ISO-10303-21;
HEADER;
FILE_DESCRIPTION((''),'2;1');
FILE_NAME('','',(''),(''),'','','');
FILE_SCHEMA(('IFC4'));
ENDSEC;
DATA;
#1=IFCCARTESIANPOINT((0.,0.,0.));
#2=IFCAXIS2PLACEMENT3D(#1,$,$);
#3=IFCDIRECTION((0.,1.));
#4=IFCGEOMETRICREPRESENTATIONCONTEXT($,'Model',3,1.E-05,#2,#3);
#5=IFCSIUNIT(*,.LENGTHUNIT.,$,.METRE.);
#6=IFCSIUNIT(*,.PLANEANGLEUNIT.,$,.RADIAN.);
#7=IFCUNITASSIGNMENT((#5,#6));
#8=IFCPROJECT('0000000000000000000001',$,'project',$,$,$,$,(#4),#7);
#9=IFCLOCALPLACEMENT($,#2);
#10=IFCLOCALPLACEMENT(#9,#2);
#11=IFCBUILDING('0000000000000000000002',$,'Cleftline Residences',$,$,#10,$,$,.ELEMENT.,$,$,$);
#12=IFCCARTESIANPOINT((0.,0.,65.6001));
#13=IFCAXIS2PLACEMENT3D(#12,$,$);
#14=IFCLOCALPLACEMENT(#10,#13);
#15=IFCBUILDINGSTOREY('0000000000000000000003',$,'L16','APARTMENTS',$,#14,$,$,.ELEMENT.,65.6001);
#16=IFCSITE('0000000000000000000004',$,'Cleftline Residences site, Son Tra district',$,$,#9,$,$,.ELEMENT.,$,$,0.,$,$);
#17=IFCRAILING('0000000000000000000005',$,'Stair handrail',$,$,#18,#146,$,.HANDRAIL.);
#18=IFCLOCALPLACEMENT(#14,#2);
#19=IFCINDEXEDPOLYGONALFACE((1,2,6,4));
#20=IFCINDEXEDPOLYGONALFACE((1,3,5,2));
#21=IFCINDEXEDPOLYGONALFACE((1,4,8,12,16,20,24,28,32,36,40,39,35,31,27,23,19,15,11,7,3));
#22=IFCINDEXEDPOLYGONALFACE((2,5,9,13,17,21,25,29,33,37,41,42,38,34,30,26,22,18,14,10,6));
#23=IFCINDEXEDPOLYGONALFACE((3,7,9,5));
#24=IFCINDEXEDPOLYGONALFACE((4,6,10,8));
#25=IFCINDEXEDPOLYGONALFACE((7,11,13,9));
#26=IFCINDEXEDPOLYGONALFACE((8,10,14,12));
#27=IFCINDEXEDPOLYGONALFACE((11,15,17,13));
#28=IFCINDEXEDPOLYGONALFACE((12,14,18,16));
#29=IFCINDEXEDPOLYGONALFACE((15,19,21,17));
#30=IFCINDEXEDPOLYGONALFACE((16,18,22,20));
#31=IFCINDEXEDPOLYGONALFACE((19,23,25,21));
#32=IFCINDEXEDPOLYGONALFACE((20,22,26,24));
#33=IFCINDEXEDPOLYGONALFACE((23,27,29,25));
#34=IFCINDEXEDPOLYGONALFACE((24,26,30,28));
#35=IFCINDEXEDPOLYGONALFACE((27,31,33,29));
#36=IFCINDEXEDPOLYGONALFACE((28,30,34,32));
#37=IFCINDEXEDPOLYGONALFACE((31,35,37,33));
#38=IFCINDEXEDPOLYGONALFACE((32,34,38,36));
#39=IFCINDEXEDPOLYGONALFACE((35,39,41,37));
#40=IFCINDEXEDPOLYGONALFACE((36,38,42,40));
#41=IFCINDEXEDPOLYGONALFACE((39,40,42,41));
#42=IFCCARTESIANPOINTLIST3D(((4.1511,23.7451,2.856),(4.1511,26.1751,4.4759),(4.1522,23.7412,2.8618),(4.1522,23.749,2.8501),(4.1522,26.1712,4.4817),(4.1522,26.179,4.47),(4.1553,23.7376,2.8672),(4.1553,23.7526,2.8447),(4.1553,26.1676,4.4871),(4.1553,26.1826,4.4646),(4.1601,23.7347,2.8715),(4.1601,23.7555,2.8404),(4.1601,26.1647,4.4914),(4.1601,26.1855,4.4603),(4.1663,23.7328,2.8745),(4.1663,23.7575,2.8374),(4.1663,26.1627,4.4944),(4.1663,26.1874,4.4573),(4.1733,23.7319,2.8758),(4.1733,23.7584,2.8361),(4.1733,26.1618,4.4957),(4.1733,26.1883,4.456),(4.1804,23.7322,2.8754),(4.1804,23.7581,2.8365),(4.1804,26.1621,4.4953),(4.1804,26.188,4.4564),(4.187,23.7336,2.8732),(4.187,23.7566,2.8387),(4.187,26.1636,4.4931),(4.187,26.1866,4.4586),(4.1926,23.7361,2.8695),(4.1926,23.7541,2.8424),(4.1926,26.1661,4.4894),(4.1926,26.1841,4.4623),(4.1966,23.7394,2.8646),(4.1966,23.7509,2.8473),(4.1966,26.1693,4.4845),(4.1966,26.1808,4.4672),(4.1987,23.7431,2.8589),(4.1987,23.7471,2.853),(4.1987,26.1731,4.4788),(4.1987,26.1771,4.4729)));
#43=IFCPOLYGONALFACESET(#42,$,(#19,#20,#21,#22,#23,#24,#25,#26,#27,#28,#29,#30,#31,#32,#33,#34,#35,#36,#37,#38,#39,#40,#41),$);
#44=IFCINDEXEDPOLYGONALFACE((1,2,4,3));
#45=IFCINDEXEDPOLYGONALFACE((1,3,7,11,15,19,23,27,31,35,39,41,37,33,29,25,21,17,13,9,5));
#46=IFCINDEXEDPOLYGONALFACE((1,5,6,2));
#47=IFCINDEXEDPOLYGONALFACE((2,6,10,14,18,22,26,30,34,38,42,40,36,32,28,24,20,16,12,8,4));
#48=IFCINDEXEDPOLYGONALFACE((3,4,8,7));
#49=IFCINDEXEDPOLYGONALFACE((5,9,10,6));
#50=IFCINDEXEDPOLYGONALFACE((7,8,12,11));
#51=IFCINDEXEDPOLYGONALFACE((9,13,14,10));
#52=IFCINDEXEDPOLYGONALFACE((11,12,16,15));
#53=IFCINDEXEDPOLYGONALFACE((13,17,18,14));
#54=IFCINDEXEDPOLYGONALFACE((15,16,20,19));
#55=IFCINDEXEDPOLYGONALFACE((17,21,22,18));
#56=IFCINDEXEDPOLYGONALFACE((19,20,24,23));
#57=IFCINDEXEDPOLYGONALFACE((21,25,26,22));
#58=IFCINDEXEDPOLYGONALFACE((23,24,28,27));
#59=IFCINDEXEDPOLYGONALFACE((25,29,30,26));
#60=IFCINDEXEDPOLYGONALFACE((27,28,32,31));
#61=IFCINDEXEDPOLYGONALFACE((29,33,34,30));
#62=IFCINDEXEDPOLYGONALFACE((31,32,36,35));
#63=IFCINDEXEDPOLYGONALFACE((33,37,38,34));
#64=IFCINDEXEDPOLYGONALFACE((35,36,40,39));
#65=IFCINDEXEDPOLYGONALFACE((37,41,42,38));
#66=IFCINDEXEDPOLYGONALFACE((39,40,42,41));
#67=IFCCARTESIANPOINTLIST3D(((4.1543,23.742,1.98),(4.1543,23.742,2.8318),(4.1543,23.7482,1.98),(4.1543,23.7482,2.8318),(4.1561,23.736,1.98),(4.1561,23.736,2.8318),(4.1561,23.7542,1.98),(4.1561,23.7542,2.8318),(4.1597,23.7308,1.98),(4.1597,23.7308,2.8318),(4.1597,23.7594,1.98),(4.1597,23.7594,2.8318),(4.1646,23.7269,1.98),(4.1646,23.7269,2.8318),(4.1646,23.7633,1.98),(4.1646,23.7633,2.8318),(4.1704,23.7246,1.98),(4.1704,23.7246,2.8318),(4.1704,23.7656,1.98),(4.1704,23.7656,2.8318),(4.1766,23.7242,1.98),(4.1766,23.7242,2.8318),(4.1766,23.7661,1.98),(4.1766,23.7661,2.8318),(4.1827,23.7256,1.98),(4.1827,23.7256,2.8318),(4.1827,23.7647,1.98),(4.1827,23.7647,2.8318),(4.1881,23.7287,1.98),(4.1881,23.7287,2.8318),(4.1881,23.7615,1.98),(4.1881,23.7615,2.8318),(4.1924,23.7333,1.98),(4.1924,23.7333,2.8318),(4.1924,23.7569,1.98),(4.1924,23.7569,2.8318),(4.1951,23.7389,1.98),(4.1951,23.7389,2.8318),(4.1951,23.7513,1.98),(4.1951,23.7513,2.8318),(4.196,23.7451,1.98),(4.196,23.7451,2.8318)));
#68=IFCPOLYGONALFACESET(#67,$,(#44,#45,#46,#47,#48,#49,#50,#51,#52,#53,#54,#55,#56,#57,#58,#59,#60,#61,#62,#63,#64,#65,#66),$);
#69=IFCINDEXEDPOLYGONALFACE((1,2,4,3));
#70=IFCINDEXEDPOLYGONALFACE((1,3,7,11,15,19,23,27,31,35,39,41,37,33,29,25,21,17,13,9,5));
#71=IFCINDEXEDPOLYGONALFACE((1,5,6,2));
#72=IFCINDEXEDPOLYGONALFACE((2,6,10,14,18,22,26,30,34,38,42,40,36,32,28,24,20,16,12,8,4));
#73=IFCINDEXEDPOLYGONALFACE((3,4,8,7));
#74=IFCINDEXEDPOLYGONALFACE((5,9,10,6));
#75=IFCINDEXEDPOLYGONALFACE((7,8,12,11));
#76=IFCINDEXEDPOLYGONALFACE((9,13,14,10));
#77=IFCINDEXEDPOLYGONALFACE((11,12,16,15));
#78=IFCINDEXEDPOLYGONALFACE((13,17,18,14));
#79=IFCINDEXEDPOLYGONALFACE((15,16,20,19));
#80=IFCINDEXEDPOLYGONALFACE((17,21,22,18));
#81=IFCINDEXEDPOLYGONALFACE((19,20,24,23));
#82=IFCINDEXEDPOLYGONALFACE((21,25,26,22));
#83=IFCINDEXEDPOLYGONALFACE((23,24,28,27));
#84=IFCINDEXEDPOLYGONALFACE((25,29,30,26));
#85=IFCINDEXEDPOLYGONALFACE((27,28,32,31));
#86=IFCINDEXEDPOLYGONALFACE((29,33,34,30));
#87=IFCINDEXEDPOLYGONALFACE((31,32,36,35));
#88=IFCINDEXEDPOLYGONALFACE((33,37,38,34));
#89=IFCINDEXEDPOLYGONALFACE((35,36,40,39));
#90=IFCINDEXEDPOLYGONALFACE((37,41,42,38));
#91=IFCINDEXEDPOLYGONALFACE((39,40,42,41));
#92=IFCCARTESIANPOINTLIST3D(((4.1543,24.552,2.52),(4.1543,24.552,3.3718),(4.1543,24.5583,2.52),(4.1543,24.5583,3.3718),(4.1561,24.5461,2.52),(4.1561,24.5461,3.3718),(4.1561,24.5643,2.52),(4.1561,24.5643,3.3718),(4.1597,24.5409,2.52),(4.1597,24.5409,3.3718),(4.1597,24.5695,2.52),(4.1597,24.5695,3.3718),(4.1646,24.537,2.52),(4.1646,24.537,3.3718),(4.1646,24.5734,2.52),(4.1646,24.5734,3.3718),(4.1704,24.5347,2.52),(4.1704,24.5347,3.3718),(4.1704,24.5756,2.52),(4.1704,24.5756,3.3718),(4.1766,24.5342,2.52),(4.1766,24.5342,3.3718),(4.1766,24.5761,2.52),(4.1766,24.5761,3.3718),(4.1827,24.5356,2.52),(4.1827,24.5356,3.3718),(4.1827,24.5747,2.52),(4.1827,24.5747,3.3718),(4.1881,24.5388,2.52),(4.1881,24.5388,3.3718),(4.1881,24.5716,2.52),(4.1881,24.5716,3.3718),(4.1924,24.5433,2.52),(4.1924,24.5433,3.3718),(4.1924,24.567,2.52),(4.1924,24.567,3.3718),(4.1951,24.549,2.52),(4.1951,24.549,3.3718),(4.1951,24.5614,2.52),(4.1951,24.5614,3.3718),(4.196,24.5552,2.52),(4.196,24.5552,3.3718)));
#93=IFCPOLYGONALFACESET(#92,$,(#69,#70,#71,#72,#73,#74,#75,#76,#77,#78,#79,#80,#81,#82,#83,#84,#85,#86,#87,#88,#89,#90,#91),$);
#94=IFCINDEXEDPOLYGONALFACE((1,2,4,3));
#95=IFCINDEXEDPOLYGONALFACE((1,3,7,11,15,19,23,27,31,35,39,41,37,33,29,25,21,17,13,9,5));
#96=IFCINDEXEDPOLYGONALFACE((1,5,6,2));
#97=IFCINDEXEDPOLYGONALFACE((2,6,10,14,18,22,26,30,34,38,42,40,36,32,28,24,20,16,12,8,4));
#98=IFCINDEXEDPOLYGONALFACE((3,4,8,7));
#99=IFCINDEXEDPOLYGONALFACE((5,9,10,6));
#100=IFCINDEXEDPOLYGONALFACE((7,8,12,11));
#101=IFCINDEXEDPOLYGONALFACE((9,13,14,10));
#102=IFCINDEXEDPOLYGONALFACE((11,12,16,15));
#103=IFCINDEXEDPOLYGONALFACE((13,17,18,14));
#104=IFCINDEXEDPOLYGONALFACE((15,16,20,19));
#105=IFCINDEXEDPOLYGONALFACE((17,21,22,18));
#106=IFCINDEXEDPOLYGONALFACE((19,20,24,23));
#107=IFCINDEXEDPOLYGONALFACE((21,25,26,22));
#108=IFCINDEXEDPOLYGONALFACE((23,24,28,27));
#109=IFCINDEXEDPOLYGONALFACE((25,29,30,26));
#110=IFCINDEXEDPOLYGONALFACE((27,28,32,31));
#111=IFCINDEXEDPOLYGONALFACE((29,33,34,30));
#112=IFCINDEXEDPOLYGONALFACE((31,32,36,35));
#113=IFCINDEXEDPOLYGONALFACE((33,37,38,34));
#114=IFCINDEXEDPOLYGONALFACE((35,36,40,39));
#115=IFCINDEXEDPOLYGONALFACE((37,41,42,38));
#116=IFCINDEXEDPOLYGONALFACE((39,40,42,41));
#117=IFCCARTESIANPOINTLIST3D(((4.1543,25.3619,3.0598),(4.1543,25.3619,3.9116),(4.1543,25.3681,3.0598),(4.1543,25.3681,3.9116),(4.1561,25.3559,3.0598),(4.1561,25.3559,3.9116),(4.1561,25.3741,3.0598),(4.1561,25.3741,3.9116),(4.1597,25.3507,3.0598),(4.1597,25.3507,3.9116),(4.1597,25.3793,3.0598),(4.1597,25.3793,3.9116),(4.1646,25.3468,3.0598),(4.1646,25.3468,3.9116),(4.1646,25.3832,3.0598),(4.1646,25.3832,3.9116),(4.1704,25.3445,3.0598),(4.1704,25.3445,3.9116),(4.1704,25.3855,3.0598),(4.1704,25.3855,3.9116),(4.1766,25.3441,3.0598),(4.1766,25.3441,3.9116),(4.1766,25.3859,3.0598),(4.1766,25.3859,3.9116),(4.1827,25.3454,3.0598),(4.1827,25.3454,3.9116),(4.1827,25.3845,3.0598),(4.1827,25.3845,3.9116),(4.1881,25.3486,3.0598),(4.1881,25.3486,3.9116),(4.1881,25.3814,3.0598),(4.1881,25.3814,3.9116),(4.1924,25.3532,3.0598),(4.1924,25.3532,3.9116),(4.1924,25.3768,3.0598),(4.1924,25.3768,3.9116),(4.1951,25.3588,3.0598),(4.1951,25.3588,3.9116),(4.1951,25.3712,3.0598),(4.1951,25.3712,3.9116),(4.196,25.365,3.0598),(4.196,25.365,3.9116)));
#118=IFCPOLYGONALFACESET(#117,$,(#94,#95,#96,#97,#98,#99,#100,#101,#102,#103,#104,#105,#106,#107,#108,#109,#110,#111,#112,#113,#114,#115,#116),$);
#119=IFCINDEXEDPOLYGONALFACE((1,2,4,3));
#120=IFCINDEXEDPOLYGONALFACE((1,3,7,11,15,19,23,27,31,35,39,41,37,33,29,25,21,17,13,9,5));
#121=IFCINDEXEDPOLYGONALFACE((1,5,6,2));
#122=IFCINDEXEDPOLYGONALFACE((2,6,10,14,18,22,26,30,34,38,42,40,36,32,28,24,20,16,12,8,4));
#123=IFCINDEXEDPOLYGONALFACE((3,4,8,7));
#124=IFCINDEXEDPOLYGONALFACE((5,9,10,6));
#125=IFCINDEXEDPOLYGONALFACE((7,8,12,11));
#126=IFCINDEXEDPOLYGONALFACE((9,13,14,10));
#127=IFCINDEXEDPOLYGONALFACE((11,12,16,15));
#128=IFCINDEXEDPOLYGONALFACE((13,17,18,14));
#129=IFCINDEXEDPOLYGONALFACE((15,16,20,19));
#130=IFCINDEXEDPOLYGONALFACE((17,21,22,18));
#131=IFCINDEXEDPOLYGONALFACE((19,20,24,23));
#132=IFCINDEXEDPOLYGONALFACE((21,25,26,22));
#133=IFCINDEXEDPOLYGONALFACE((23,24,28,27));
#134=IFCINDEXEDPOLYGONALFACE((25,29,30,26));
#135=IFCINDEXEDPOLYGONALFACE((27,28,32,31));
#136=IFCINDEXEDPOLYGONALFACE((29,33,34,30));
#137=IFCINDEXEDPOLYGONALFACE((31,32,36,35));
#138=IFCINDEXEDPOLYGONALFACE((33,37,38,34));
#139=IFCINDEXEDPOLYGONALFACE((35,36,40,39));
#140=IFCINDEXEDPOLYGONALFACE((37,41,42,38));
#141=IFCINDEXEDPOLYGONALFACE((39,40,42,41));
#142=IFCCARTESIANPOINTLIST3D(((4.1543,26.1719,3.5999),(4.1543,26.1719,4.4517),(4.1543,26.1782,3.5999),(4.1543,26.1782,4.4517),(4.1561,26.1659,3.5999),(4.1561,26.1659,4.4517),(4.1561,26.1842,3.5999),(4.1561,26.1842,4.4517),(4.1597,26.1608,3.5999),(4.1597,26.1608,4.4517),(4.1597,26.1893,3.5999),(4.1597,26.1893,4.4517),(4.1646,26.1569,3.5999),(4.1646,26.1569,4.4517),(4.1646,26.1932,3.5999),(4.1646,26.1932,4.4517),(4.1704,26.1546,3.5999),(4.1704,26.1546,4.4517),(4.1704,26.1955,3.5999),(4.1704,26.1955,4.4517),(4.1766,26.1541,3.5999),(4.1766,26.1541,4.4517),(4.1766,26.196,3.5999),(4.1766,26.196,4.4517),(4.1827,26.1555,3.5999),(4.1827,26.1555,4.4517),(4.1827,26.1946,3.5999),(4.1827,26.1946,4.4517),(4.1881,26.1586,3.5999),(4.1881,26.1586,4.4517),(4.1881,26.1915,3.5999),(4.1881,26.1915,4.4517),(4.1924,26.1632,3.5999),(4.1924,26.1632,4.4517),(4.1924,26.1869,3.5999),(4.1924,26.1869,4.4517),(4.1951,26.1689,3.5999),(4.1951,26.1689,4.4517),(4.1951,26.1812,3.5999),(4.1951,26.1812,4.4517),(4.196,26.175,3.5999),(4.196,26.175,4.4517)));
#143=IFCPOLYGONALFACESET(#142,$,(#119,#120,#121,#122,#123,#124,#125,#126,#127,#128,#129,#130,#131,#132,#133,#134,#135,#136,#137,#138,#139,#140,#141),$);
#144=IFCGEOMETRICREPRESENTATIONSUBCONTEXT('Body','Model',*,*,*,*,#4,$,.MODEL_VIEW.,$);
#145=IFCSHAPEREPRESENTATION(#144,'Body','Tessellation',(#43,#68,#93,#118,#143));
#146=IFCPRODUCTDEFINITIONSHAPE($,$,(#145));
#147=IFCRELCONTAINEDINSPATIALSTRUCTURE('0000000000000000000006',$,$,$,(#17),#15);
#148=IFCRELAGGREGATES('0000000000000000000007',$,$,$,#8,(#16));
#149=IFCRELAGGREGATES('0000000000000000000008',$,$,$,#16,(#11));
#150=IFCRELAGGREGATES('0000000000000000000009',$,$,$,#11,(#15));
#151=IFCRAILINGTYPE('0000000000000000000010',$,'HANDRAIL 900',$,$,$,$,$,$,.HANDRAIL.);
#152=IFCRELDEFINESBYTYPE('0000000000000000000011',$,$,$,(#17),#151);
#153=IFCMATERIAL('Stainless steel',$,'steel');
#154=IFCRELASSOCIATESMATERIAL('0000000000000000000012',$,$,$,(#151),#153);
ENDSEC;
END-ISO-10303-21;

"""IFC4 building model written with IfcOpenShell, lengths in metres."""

from ifc_helpers import new_model, si_unit, direction, frame, origin, origin_2d, place, context, subcontext, project, spatial, circle, extrude, material, type_object, element, save


model = new_model("IFC4")

# Units and contexts
model_context = context("Model", 3, precision=1e-05, world=origin(), true_north=direction((0.0, 1.0)))
body_context = subcontext(model_context, "Body", "Model", "MODEL_VIEW")
ifc_project = project(units=[si_unit("LENGTHUNIT", "METRE"), si_unit("PLANEANGLEUNIT", "RADIAN")], contexts=[model_context])

# Site, building, storey
site_placement = place(None, origin())
site = spatial("IfcSite", under=ifc_project, at=site_placement, Name="Cleftline Residences site, Son Tra district", CompositionType="ELEMENT", RefElevation=0.0)
building_placement = place(site_placement, origin())
building = spatial("IfcBuilding", under=site, at=building_placement, Name="Cleftline Residences", CompositionType="ELEMENT")
storey_placement = place(building_placement, frame((0.0, 0.0, 65.6001)))
storey = spatial("IfcBuildingStorey", under=building, at=storey_placement, Name="L16", Description="APARTMENTS", CompositionType="ELEMENT", Elevation=65.6001)

# Railing
ifc_material_1 = material(Name="Stainless steel", Category="steel")
railing_type = type_object("IfcRailingType", Name="HANDRAIL 900", PredefinedType="HANDRAIL", material=ifc_material_1)
railing_1_placement = place(storey_placement, frame((4.175, 23.7451, 1.98)))
element("IfcRailing", 1, at=railing_1_placement, inside=storey, type_object=railing_type, Name="Stair handrail", PredefinedType="HANDRAIL", context=body_context, shape_type="SweptSolid", body=[
    extrude(circle(Radius=0.0239, at=origin_2d()), frame((0.0, 0.0, 0.876), z_axis=(0.0, 0.832063, 0.554681), x_axis=(-1.0, 0.0, 0.0)), (0.0, 0.0, 1.0), 2.9204),
    extrude(circle(Radius=0.021, at=origin_2d()), origin(), (0.0, 0.0, 1.0), 0.8518),
    extrude(circle(Radius=0.021, at=origin_2d()), frame((0.0, 0.8101, 0.54)), (0.0, 0.0, 1.0), 0.8518),
    extrude(circle(Radius=0.021, at=origin_2d()), frame((0.0, 1.6199, 1.0798)), (0.0, 0.0, 1.0), 0.8518),
    extrude(circle(Radius=0.021, at=origin_2d()), frame((0.0, 2.4299, 1.6199)), (0.0, 0.0, 1.0), 0.8518),
])

save(model, "model.ifc")
